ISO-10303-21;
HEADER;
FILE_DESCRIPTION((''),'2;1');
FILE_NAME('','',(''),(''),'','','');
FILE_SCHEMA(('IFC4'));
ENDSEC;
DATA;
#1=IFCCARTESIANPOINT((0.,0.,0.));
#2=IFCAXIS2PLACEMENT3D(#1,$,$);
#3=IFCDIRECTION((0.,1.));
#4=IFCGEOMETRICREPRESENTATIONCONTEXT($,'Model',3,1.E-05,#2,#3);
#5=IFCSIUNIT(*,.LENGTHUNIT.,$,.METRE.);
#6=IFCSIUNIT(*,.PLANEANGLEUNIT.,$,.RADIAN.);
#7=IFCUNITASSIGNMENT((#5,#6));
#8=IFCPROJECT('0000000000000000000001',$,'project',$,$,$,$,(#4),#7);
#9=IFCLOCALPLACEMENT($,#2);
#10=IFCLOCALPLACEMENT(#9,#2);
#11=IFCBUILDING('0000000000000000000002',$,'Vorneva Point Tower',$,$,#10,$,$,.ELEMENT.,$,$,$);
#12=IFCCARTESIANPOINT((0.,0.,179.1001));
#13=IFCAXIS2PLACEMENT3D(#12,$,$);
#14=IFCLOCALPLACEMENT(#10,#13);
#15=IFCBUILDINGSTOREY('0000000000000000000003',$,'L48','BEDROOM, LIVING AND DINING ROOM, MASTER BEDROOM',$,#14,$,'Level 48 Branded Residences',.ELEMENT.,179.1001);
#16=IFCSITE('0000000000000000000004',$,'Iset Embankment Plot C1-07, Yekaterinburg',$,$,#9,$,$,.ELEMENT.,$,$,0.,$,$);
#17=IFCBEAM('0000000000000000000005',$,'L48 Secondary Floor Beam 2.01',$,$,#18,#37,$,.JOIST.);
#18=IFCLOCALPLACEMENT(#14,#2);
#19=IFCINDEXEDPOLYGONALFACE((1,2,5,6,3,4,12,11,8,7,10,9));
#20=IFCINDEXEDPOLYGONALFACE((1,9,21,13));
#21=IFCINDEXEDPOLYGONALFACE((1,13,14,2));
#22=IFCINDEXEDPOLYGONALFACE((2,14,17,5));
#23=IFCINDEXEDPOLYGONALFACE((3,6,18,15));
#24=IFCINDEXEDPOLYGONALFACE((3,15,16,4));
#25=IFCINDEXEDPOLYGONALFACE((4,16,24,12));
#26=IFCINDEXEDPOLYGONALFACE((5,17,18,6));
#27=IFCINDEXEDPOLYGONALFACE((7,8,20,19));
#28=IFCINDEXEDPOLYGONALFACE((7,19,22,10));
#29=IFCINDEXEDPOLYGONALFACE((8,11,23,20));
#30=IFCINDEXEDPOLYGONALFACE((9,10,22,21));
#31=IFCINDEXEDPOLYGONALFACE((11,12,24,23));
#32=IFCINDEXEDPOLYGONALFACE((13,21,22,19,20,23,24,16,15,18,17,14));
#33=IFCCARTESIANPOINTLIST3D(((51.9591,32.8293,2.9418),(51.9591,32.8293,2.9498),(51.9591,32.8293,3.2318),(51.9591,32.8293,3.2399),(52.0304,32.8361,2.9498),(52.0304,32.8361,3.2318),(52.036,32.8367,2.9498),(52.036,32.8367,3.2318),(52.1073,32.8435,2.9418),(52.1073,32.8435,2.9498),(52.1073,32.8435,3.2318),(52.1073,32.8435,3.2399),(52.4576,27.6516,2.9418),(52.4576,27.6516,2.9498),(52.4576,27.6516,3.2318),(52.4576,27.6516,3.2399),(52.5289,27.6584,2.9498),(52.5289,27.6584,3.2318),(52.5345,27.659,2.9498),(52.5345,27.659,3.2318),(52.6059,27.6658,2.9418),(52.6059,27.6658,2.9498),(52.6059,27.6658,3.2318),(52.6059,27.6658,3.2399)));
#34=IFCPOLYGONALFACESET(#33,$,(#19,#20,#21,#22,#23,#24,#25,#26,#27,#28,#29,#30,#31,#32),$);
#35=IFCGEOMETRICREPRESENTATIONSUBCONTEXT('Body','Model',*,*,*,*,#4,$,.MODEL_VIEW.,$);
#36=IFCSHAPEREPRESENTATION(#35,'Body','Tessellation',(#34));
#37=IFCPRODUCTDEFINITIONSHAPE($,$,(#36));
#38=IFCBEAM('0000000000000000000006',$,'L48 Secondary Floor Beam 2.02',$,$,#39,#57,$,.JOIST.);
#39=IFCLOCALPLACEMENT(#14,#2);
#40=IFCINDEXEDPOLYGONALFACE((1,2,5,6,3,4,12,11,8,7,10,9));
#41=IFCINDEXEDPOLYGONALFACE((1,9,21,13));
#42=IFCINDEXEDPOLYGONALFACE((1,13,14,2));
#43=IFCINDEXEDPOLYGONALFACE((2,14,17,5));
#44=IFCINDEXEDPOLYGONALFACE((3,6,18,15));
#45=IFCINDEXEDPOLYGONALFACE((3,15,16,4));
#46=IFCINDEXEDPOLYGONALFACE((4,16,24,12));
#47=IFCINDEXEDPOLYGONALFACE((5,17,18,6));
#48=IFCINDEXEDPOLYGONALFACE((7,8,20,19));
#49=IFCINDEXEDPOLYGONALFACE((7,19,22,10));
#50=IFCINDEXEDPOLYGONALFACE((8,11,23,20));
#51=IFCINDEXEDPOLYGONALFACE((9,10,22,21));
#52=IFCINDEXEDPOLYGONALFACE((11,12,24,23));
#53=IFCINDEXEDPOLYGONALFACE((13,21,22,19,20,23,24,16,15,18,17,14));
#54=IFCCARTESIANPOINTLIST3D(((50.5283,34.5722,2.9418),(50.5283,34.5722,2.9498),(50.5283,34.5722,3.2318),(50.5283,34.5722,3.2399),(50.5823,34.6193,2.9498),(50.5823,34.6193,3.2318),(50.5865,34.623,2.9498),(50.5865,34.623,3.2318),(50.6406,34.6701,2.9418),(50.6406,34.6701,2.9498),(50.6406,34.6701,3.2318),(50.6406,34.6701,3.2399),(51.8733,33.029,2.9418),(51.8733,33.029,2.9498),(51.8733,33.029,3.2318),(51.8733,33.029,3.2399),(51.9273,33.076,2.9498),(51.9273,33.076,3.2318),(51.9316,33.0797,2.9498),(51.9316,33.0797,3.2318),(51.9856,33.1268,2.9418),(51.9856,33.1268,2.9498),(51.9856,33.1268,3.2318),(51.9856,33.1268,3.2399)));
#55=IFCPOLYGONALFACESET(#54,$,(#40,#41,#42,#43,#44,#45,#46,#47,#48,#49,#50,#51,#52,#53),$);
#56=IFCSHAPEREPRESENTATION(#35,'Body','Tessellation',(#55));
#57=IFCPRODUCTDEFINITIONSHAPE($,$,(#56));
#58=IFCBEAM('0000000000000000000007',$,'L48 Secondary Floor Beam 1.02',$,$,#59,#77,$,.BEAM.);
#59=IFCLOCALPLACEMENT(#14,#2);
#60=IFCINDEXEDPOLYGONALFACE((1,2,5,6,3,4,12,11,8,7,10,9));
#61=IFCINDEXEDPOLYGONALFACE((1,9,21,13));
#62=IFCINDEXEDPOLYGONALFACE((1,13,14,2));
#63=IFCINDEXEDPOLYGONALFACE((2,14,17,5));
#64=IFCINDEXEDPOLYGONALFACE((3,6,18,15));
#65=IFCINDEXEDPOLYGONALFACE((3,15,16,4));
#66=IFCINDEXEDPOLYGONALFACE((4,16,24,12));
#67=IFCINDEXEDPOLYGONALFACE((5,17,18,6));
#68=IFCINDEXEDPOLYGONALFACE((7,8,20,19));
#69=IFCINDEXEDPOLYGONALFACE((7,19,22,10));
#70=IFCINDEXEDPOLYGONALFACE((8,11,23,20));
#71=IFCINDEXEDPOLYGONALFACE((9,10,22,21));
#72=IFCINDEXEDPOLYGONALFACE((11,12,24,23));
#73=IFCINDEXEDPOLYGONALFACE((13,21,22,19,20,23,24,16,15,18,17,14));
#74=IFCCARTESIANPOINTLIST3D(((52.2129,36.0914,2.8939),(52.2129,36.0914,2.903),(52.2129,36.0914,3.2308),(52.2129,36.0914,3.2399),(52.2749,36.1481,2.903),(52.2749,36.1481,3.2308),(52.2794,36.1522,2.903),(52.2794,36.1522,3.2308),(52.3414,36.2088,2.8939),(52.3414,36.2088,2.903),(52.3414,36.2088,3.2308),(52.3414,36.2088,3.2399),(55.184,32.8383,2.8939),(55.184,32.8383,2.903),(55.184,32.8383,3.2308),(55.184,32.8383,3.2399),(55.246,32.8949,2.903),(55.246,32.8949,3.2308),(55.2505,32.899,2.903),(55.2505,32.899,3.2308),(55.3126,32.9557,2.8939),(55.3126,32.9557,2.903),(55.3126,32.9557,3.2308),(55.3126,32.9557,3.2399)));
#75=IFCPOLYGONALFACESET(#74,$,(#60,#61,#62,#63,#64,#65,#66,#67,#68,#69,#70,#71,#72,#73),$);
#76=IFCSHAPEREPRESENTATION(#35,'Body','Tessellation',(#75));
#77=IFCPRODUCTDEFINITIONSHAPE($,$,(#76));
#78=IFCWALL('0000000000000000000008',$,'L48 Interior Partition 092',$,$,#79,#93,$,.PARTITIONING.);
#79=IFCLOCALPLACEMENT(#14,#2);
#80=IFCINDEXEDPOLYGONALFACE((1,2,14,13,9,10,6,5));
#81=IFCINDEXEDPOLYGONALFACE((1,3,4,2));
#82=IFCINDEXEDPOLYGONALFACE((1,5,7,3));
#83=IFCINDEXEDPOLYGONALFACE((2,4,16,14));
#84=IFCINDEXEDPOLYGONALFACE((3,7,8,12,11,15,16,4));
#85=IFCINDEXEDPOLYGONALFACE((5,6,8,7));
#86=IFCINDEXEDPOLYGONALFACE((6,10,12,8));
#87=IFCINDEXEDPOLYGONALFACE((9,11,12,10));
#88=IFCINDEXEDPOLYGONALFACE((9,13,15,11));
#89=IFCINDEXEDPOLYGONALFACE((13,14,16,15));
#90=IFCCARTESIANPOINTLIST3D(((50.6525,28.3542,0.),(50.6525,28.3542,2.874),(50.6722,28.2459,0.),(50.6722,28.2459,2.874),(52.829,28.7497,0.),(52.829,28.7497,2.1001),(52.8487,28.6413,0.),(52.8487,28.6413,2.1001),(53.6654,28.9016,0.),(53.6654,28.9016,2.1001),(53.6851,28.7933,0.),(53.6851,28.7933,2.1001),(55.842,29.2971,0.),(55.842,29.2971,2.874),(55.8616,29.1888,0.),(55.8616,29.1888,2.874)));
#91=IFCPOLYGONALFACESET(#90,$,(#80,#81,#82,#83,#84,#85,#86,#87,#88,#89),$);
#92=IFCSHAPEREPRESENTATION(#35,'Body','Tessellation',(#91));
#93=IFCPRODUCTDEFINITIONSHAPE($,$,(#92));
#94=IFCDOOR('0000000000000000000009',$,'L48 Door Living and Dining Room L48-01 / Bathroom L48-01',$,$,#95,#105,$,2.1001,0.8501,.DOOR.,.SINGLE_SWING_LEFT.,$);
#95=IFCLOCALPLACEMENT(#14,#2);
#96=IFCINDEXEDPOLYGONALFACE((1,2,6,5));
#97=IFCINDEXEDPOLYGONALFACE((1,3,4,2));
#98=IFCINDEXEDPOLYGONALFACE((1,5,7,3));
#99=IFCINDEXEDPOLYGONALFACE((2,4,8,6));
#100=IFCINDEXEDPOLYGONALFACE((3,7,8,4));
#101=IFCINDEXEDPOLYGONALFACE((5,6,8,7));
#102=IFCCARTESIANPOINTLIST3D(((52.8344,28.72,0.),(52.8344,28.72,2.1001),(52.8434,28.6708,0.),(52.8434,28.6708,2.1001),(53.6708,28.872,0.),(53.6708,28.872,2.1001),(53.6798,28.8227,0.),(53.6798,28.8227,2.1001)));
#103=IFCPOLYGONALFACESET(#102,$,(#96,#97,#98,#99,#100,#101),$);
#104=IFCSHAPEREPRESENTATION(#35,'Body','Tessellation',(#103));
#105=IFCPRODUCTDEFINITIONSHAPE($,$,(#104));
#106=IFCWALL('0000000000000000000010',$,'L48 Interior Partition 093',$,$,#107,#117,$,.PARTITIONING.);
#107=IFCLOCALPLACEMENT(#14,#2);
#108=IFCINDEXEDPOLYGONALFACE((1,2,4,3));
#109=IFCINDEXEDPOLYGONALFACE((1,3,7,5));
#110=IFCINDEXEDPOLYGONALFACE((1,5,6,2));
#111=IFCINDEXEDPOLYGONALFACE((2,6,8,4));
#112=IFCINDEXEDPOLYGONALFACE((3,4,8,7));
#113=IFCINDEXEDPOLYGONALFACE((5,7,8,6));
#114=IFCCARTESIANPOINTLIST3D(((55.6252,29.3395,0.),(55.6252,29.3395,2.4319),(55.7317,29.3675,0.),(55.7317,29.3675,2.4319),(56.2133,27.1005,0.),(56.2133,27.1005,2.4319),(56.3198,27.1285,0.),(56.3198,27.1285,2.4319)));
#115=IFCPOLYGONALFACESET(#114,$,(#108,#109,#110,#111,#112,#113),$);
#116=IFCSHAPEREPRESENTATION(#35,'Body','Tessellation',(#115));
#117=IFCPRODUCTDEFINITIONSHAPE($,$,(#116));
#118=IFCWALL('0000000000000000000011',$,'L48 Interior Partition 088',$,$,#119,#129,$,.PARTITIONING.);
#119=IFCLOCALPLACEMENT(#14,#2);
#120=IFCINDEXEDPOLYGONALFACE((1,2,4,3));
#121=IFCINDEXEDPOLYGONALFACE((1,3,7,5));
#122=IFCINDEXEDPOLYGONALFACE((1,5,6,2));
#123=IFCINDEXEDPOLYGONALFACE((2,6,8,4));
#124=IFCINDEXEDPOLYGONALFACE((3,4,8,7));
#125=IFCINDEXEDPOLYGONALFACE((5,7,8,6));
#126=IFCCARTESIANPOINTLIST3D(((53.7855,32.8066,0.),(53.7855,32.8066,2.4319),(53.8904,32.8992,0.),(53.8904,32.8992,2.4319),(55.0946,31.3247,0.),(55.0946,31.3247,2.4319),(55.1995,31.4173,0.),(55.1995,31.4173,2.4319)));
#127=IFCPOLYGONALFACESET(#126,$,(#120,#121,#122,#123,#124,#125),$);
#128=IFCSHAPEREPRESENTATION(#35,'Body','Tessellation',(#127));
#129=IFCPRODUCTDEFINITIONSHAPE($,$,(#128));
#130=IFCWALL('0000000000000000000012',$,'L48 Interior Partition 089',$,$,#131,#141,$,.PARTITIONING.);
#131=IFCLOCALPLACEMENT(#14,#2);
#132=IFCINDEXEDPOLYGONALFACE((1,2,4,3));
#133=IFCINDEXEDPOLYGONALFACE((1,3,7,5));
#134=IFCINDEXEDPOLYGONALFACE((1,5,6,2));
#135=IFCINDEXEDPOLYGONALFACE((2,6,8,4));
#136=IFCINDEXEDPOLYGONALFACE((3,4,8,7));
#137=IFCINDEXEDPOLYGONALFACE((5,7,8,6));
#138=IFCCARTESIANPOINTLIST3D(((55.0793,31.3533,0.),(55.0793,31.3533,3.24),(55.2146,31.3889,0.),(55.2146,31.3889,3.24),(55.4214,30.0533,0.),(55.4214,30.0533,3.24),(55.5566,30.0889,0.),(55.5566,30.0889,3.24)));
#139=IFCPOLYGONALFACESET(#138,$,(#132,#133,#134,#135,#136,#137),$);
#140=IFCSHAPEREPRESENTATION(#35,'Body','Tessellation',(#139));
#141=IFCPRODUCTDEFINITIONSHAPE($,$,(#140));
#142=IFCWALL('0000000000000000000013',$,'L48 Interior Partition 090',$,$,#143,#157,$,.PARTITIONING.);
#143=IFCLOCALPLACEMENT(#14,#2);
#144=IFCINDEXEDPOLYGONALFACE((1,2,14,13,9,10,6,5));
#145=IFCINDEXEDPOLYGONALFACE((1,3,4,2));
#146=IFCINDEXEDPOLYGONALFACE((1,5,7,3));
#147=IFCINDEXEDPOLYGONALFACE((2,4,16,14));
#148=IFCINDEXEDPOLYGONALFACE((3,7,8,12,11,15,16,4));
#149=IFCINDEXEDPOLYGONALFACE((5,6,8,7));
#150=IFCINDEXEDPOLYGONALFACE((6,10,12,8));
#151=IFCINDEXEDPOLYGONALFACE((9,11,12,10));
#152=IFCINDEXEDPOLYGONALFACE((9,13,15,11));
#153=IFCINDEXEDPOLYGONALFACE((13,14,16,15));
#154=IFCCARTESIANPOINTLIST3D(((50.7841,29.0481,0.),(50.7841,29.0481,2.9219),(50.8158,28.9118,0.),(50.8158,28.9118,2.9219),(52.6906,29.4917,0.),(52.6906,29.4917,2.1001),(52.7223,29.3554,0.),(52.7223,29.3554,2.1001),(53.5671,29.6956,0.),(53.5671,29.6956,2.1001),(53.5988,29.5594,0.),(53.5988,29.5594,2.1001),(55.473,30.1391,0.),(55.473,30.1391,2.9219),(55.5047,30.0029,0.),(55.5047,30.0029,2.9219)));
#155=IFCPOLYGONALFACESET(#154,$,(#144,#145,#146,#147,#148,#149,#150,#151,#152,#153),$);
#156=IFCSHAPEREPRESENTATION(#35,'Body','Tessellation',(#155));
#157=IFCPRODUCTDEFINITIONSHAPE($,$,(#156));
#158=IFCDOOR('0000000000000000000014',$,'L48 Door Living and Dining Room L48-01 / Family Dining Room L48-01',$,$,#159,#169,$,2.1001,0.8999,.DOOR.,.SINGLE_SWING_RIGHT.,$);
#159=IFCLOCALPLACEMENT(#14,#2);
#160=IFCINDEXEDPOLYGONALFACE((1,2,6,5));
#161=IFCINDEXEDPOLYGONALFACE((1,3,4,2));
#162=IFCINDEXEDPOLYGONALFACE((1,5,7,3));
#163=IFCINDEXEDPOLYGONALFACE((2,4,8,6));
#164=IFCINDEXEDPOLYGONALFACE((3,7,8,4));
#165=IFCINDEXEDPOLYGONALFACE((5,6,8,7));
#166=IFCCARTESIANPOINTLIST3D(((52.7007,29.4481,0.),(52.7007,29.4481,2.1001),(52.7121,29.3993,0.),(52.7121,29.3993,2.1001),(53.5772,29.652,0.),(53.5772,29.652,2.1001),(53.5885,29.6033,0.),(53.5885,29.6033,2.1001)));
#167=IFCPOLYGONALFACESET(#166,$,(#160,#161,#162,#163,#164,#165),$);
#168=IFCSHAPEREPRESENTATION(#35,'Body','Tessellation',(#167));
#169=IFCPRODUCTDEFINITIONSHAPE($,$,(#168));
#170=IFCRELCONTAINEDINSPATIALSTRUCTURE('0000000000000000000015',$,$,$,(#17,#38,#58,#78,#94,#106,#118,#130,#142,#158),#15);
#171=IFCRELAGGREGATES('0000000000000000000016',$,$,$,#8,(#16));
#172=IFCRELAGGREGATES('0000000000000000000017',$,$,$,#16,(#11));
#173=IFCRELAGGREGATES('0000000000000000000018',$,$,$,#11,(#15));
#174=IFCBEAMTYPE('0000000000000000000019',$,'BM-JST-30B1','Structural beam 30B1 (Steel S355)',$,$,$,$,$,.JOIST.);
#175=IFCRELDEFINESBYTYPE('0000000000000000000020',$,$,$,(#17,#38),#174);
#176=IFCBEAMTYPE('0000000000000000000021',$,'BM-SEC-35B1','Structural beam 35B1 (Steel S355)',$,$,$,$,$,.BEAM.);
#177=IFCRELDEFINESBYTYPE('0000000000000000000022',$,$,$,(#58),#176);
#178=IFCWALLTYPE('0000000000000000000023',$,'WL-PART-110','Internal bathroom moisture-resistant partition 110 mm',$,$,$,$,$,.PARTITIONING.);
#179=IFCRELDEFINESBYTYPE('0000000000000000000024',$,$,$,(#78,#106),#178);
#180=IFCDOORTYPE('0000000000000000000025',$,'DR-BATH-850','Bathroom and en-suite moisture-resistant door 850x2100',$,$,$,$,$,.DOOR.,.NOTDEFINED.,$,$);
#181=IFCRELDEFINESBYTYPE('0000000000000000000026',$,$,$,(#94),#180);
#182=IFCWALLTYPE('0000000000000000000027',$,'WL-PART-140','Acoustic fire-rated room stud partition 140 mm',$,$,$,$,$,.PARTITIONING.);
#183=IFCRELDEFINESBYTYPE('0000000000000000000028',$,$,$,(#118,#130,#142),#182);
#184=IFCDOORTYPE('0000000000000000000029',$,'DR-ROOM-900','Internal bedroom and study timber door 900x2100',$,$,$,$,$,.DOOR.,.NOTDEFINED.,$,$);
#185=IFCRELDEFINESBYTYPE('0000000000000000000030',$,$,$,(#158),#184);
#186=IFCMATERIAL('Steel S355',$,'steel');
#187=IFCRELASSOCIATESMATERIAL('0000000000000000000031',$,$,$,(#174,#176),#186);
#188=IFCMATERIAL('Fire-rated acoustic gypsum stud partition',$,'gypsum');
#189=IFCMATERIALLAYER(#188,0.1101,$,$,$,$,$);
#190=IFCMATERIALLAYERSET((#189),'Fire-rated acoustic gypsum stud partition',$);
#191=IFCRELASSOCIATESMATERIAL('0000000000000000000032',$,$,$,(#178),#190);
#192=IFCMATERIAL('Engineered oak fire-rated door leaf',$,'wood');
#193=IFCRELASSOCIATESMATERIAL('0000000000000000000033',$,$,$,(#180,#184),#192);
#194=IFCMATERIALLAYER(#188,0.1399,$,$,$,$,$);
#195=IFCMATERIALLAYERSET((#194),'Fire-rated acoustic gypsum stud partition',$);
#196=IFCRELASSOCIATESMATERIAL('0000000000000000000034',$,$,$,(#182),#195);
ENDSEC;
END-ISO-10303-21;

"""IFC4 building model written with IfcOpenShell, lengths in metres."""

from ifc_helpers import new_model, si_unit, direction, frame, frame_2d, origin, origin_2d, place, context, subcontext, project, spatial, rectangle, i_section, extrude, material, layer, layer_set, material_profile, profile_set, type_object, element, fill, save


model = new_model("IFC4")

# Units and contexts
model_context = context("Model", 3, precision=1e-05, world=origin(), true_north=direction((0.0, 1.0)))
body_context = subcontext(model_context, "Body", "Model", "MODEL_VIEW")
ifc_project = project(units=[si_unit("LENGTHUNIT", "METRE"), si_unit("PLANEANGLEUNIT", "RADIAN")], contexts=[model_context])

# Site, building, storey
site_placement = place(None, origin())
site = spatial("IfcSite", under=ifc_project, at=site_placement, Name="Iset Embankment Plot C1-07, Yekaterinburg", CompositionType="ELEMENT", RefElevation=0.0)
building_placement = place(site_placement, origin())
building = spatial("IfcBuilding", under=site, at=building_placement, Name="Vorneva Point Tower", CompositionType="ELEMENT")
storey_placement = place(building_placement, frame((0.0, 0.0, 179.1001)))
storey = spatial("IfcBuildingStorey", under=building, at=storey_placement, Name="L48", Description="BEDROOM, LIVING AND DINING ROOM, MASTER BEDROOM", LongName="Level 48 Branded Residences", CompositionType="ELEMENT", Elevation=179.1001)

# Beams
ifc_material_1 = material(Name="Steel S355", Category="steel")
ifc_material_profile_1 = material_profile(ifc_material_1, i_section(OverallWidth=0.1489, OverallDepth=0.2981, WebThickness=0.0056, FlangeThickness=0.0081, at=origin_2d()), Name="30B1")
ifc_profile_set_1 = profile_set([ifc_material_profile_1], Name="Steel S355")
beam_type_1 = type_object("IfcBeamType", Name="BM-JST-30B1", Description="Structural beam 30B1 (Steel S355)", PredefinedType="JOIST", material=ifc_profile_set_1)
beam_1_placement = place(storey_placement, frame((52.5317, 27.6587, 3.0908), z_axis=(-0.095841, 0.995397, 0.0), x_axis=(-0.995397, -0.095841, 0.0)))
element("IfcBeam", 1, at=beam_1_placement, inside=storey, type_object=beam_type_1, Name="L48 Secondary Floor Beam 2.01", PredefinedType="JOIST", context=body_context, shape_type="SweptSolid", body=[
    extrude(i_section(OverallWidth=0.1489, OverallDepth=0.2981, WebThickness=0.0056, FlangeThickness=0.0081, at=origin_2d()), origin(), (0.0, 0.0, 1.0), 5.2017),
])
beam_2_placement = place(storey_placement, frame((51.9294, 33.0779, 3.0908), z_axis=(-0.657026, 0.753868, 0.0), x_axis=(-0.753868, -0.657026, 0.0)))
element("IfcBeam", 2, at=beam_2_placement, inside=storey, type_object=beam_type_1, Name="L48 Secondary Floor Beam 2.02", PredefinedType="JOIST", context=body_context, shape_type="SweptSolid", body=[
    extrude(i_section(OverallWidth=0.1489, OverallDepth=0.2981, WebThickness=0.0056, FlangeThickness=0.0081, at=origin_2d()), origin(), (0.0, 0.0, 1.0), 2.0471),
])
ifc_material_profile_2 = material_profile(ifc_material_1, i_section(OverallWidth=0.1741, OverallDepth=0.3459, WebThickness=0.0061, FlangeThickness=0.009, at=origin_2d()), Name="35B1")
ifc_profile_set_2 = profile_set([ifc_material_profile_2], Name="Steel S355")
beam_type_2 = type_object("IfcBeamType", Name="BM-SEC-35B1", Description="Structural beam 35B1 (Steel S355)", PredefinedType="BEAM", material=ifc_profile_set_2)
beam_3_placement = place(storey_placement, frame((55.2483, 32.897, 3.0669), z_axis=(-0.674381, 0.738384, 0.0), x_axis=(-0.738384, -0.674381, 0.0)))
element("IfcBeam", 3, at=beam_3_placement, inside=storey, type_object=beam_type_2, Name="L48 Secondary Floor Beam 1.02", PredefinedType="BEAM", context=body_context, shape_type="SweptSolid", body=[
    extrude(i_section(OverallWidth=0.1741, OverallDepth=0.3459, WebThickness=0.0061, FlangeThickness=0.009, at=origin_2d()), origin(), (0.0, 0.0, 1.0), 4.4058),
])

# Wall, opening, door
ifc_material_2 = material(Name="Fire-rated acoustic gypsum stud partition", Category="gypsum")
ifc_layer_1 = layer(ifc_material_2, 0.1101)
ifc_layer_set_1 = layer_set([ifc_layer_1], Name="Fire-rated acoustic gypsum stud partition")
wall_type_1 = type_object("IfcWallType", Name="WL-PART-110", Description="Internal bathroom moisture-resistant partition 110 mm", PredefinedType="PARTITIONING", material=ifc_layer_set_1)
wall_1_placement = place(storey_placement, frame((50.6624, 28.3, 0.0), z_axis=(0.0, 0.0, 1.0), x_axis=(0.983892, 0.178763, 0.0)))
wall_1 = element("IfcWall", 4, at=wall_1_placement, inside=storey, type_object=wall_type_1, Name="L48 Interior Partition 092", PredefinedType="PARTITIONING", context=body_context, shape_type="SweptSolid", body=[
    extrude(rectangle(XDim=5.2744, YDim=0.1101, at=frame_2d((2.6372, 0.0))), origin(), (0.0, 0.0, 1.0), 2.874),
])
opening_1_placement = place(wall_1_placement, frame((2.2122, 0.0, 0.0)))
opening_1 = element("IfcOpeningElement", 5, at=opening_1_placement, cuts=wall_1, PredefinedType="OPENING", context=body_context, shape_type="SweptSolid", body=[
    extrude(rectangle(XDim=0.8501, YDim=2.1001, at=frame_2d((0.425, 1.05))), frame((0.0, 0.0698, 0.0), z_axis=(0.0, -1.0, 0.0), x_axis=(1.0, 0.0, 0.0)), (0.0, 0.0, 1.0), 0.1399),
])
ifc_material_3 = material(Name="Engineered oak fire-rated door leaf", Category="wood")
door_type_1 = type_object("IfcDoorType", Name="DR-BATH-850", Description="Bathroom and en-suite moisture-resistant door 850x2100", OperationType="NOTDEFINED", PredefinedType="DOOR", material=ifc_material_3)
door_1_placement = place(opening_1_placement, origin())
door_1 = element("IfcDoor", 6, at=door_1_placement, inside=storey, type_object=door_type_1, Name="L48 Door Living and Dining Room L48-01 / Bathroom L48-01", OperationType="SINGLE_SWING_LEFT", OverallHeight=2.1001, OverallWidth=0.8501, PredefinedType="DOOR", context=body_context, shape_type="SweptSolid", body=[
    extrude(rectangle(XDim=0.8501, YDim=2.1001, at=frame_2d((0.425, 1.05))), frame((0.0, 0.0249, 0.0), z_axis=(0.0, -1.0, 0.0), x_axis=(1.0, 0.0, 0.0)), (0.0, 0.0, 1.0), 0.05),
])
fill(opening_1, door_1)

# Walls
wall_2_placement = place(storey_placement, frame((55.6785, 29.3535, 0.0), z_axis=(0.0, 0.0, 1.0), x_axis=(0.254057, -0.967189, 0.0)))
element("IfcWall", 7, at=wall_2_placement, inside=storey, type_object=wall_type_1, Name="L48 Interior Partition 093", PredefinedType="PARTITIONING", context=body_context, shape_type="SweptSolid", body=[
    extrude(rectangle(XDim=2.3149, YDim=0.1101, at=frame_2d((1.1575, 0.0))), origin(), (0.0, 0.0, 1.0), 2.4319),
])
ifc_layer_2 = layer(ifc_material_2, 0.1399)
ifc_layer_set_2 = layer_set([ifc_layer_2], Name="Fire-rated acoustic gypsum stud partition")
wall_type_2 = type_object("IfcWallType", Name="WL-PART-140", Description="Acoustic fire-rated room stud partition 140 mm", PredefinedType="PARTITIONING", material=ifc_layer_set_2)
wall_3_placement = place(storey_placement, frame((53.8379, 32.853, 0.0), z_axis=(0.0, 0.0, 1.0), x_axis=(0.662046, -0.749463, 0.0)))
element("IfcWall", 8, at=wall_3_placement, inside=storey, type_object=wall_type_2, Name="L48 Interior Partition 088", PredefinedType="PARTITIONING", context=body_context, shape_type="SweptSolid", body=[
    extrude(rectangle(XDim=1.9773, YDim=0.1399, at=frame_2d((0.9888, 0.0))), origin(), (0.0, 0.0, 1.0), 2.4319),
])
wall_4_placement = place(storey_placement, frame((55.147, 31.3711, 0.0), z_axis=(0.0, 0.0, 1.0), x_axis=(0.25444, -0.967089, 0.0)))
element("IfcWall", 9, at=wall_4_placement, inside=storey, type_object=wall_type_2, Name="L48 Interior Partition 089", PredefinedType="PARTITIONING", context=body_context, shape_type="SweptSolid", body=[
    extrude(rectangle(XDim=1.3442, YDim=0.1399, at=frame_2d((0.6721, 0.0))), origin(), (0.0, 0.0, 1.0), 3.24),
])

# Wall, opening, door
wall_5_placement = place(storey_placement, frame((55.489, 30.071, 0.0), z_axis=(0.0, 0.0, 1.0), x_axis=(-0.97398, -0.226633, 0.0)))
wall_5 = element("IfcWall", 10, at=wall_5_placement, inside=storey, type_object=wall_type_2, Name="L48 Interior Partition 090", PredefinedType="PARTITIONING", context=body_context, shape_type="SweptSolid", body=[
    extrude(rectangle(XDim=4.8142, YDim=0.1399, at=frame_2d((2.4072, 0.0))), origin(), (0.0, 0.0, 1.0), 2.9219),
])
opening_2_placement = place(wall_5_placement, frame((1.957, 0.0, 0.0)))
opening_2 = element("IfcOpeningElement", 11, at=opening_2_placement, cuts=wall_5, PredefinedType="OPENING", context=body_context, shape_type="SweptSolid", body=[
    extrude(rectangle(XDim=0.8999, YDim=2.1001, at=frame_2d((0.45, 1.05))), frame((0.0, 0.085, 0.0), z_axis=(0.0, -1.0, 0.0), x_axis=(1.0, 0.0, 0.0)), (0.0, 0.0, 1.0), 0.1697),
])
door_type_2 = type_object("IfcDoorType", Name="DR-ROOM-900", Description="Internal bedroom and study timber door 900x2100", OperationType="NOTDEFINED", PredefinedType="DOOR", material=ifc_material_3)
door_2_placement = place(opening_2_placement, origin())
door_2 = element("IfcDoor", 12, at=door_2_placement, inside=storey, type_object=door_type_2, Name="L48 Door Living and Dining Room L48-01 / Family Dining Room L48-01", OperationType="SINGLE_SWING_RIGHT", OverallHeight=2.1001, OverallWidth=0.8999, PredefinedType="DOOR", context=body_context, shape_type="SweptSolid", body=[
    extrude(rectangle(XDim=0.8999, YDim=2.1001, at=frame_2d((0.45, 1.05))), frame((0.0, 0.0249, 0.0), z_axis=(0.0, -1.0, 0.0), x_axis=(1.0, 0.0, 0.0)), (0.0, 0.0, 1.0), 0.05),
])
fill(opening_2, door_2)

save(model, "model.ifc")
